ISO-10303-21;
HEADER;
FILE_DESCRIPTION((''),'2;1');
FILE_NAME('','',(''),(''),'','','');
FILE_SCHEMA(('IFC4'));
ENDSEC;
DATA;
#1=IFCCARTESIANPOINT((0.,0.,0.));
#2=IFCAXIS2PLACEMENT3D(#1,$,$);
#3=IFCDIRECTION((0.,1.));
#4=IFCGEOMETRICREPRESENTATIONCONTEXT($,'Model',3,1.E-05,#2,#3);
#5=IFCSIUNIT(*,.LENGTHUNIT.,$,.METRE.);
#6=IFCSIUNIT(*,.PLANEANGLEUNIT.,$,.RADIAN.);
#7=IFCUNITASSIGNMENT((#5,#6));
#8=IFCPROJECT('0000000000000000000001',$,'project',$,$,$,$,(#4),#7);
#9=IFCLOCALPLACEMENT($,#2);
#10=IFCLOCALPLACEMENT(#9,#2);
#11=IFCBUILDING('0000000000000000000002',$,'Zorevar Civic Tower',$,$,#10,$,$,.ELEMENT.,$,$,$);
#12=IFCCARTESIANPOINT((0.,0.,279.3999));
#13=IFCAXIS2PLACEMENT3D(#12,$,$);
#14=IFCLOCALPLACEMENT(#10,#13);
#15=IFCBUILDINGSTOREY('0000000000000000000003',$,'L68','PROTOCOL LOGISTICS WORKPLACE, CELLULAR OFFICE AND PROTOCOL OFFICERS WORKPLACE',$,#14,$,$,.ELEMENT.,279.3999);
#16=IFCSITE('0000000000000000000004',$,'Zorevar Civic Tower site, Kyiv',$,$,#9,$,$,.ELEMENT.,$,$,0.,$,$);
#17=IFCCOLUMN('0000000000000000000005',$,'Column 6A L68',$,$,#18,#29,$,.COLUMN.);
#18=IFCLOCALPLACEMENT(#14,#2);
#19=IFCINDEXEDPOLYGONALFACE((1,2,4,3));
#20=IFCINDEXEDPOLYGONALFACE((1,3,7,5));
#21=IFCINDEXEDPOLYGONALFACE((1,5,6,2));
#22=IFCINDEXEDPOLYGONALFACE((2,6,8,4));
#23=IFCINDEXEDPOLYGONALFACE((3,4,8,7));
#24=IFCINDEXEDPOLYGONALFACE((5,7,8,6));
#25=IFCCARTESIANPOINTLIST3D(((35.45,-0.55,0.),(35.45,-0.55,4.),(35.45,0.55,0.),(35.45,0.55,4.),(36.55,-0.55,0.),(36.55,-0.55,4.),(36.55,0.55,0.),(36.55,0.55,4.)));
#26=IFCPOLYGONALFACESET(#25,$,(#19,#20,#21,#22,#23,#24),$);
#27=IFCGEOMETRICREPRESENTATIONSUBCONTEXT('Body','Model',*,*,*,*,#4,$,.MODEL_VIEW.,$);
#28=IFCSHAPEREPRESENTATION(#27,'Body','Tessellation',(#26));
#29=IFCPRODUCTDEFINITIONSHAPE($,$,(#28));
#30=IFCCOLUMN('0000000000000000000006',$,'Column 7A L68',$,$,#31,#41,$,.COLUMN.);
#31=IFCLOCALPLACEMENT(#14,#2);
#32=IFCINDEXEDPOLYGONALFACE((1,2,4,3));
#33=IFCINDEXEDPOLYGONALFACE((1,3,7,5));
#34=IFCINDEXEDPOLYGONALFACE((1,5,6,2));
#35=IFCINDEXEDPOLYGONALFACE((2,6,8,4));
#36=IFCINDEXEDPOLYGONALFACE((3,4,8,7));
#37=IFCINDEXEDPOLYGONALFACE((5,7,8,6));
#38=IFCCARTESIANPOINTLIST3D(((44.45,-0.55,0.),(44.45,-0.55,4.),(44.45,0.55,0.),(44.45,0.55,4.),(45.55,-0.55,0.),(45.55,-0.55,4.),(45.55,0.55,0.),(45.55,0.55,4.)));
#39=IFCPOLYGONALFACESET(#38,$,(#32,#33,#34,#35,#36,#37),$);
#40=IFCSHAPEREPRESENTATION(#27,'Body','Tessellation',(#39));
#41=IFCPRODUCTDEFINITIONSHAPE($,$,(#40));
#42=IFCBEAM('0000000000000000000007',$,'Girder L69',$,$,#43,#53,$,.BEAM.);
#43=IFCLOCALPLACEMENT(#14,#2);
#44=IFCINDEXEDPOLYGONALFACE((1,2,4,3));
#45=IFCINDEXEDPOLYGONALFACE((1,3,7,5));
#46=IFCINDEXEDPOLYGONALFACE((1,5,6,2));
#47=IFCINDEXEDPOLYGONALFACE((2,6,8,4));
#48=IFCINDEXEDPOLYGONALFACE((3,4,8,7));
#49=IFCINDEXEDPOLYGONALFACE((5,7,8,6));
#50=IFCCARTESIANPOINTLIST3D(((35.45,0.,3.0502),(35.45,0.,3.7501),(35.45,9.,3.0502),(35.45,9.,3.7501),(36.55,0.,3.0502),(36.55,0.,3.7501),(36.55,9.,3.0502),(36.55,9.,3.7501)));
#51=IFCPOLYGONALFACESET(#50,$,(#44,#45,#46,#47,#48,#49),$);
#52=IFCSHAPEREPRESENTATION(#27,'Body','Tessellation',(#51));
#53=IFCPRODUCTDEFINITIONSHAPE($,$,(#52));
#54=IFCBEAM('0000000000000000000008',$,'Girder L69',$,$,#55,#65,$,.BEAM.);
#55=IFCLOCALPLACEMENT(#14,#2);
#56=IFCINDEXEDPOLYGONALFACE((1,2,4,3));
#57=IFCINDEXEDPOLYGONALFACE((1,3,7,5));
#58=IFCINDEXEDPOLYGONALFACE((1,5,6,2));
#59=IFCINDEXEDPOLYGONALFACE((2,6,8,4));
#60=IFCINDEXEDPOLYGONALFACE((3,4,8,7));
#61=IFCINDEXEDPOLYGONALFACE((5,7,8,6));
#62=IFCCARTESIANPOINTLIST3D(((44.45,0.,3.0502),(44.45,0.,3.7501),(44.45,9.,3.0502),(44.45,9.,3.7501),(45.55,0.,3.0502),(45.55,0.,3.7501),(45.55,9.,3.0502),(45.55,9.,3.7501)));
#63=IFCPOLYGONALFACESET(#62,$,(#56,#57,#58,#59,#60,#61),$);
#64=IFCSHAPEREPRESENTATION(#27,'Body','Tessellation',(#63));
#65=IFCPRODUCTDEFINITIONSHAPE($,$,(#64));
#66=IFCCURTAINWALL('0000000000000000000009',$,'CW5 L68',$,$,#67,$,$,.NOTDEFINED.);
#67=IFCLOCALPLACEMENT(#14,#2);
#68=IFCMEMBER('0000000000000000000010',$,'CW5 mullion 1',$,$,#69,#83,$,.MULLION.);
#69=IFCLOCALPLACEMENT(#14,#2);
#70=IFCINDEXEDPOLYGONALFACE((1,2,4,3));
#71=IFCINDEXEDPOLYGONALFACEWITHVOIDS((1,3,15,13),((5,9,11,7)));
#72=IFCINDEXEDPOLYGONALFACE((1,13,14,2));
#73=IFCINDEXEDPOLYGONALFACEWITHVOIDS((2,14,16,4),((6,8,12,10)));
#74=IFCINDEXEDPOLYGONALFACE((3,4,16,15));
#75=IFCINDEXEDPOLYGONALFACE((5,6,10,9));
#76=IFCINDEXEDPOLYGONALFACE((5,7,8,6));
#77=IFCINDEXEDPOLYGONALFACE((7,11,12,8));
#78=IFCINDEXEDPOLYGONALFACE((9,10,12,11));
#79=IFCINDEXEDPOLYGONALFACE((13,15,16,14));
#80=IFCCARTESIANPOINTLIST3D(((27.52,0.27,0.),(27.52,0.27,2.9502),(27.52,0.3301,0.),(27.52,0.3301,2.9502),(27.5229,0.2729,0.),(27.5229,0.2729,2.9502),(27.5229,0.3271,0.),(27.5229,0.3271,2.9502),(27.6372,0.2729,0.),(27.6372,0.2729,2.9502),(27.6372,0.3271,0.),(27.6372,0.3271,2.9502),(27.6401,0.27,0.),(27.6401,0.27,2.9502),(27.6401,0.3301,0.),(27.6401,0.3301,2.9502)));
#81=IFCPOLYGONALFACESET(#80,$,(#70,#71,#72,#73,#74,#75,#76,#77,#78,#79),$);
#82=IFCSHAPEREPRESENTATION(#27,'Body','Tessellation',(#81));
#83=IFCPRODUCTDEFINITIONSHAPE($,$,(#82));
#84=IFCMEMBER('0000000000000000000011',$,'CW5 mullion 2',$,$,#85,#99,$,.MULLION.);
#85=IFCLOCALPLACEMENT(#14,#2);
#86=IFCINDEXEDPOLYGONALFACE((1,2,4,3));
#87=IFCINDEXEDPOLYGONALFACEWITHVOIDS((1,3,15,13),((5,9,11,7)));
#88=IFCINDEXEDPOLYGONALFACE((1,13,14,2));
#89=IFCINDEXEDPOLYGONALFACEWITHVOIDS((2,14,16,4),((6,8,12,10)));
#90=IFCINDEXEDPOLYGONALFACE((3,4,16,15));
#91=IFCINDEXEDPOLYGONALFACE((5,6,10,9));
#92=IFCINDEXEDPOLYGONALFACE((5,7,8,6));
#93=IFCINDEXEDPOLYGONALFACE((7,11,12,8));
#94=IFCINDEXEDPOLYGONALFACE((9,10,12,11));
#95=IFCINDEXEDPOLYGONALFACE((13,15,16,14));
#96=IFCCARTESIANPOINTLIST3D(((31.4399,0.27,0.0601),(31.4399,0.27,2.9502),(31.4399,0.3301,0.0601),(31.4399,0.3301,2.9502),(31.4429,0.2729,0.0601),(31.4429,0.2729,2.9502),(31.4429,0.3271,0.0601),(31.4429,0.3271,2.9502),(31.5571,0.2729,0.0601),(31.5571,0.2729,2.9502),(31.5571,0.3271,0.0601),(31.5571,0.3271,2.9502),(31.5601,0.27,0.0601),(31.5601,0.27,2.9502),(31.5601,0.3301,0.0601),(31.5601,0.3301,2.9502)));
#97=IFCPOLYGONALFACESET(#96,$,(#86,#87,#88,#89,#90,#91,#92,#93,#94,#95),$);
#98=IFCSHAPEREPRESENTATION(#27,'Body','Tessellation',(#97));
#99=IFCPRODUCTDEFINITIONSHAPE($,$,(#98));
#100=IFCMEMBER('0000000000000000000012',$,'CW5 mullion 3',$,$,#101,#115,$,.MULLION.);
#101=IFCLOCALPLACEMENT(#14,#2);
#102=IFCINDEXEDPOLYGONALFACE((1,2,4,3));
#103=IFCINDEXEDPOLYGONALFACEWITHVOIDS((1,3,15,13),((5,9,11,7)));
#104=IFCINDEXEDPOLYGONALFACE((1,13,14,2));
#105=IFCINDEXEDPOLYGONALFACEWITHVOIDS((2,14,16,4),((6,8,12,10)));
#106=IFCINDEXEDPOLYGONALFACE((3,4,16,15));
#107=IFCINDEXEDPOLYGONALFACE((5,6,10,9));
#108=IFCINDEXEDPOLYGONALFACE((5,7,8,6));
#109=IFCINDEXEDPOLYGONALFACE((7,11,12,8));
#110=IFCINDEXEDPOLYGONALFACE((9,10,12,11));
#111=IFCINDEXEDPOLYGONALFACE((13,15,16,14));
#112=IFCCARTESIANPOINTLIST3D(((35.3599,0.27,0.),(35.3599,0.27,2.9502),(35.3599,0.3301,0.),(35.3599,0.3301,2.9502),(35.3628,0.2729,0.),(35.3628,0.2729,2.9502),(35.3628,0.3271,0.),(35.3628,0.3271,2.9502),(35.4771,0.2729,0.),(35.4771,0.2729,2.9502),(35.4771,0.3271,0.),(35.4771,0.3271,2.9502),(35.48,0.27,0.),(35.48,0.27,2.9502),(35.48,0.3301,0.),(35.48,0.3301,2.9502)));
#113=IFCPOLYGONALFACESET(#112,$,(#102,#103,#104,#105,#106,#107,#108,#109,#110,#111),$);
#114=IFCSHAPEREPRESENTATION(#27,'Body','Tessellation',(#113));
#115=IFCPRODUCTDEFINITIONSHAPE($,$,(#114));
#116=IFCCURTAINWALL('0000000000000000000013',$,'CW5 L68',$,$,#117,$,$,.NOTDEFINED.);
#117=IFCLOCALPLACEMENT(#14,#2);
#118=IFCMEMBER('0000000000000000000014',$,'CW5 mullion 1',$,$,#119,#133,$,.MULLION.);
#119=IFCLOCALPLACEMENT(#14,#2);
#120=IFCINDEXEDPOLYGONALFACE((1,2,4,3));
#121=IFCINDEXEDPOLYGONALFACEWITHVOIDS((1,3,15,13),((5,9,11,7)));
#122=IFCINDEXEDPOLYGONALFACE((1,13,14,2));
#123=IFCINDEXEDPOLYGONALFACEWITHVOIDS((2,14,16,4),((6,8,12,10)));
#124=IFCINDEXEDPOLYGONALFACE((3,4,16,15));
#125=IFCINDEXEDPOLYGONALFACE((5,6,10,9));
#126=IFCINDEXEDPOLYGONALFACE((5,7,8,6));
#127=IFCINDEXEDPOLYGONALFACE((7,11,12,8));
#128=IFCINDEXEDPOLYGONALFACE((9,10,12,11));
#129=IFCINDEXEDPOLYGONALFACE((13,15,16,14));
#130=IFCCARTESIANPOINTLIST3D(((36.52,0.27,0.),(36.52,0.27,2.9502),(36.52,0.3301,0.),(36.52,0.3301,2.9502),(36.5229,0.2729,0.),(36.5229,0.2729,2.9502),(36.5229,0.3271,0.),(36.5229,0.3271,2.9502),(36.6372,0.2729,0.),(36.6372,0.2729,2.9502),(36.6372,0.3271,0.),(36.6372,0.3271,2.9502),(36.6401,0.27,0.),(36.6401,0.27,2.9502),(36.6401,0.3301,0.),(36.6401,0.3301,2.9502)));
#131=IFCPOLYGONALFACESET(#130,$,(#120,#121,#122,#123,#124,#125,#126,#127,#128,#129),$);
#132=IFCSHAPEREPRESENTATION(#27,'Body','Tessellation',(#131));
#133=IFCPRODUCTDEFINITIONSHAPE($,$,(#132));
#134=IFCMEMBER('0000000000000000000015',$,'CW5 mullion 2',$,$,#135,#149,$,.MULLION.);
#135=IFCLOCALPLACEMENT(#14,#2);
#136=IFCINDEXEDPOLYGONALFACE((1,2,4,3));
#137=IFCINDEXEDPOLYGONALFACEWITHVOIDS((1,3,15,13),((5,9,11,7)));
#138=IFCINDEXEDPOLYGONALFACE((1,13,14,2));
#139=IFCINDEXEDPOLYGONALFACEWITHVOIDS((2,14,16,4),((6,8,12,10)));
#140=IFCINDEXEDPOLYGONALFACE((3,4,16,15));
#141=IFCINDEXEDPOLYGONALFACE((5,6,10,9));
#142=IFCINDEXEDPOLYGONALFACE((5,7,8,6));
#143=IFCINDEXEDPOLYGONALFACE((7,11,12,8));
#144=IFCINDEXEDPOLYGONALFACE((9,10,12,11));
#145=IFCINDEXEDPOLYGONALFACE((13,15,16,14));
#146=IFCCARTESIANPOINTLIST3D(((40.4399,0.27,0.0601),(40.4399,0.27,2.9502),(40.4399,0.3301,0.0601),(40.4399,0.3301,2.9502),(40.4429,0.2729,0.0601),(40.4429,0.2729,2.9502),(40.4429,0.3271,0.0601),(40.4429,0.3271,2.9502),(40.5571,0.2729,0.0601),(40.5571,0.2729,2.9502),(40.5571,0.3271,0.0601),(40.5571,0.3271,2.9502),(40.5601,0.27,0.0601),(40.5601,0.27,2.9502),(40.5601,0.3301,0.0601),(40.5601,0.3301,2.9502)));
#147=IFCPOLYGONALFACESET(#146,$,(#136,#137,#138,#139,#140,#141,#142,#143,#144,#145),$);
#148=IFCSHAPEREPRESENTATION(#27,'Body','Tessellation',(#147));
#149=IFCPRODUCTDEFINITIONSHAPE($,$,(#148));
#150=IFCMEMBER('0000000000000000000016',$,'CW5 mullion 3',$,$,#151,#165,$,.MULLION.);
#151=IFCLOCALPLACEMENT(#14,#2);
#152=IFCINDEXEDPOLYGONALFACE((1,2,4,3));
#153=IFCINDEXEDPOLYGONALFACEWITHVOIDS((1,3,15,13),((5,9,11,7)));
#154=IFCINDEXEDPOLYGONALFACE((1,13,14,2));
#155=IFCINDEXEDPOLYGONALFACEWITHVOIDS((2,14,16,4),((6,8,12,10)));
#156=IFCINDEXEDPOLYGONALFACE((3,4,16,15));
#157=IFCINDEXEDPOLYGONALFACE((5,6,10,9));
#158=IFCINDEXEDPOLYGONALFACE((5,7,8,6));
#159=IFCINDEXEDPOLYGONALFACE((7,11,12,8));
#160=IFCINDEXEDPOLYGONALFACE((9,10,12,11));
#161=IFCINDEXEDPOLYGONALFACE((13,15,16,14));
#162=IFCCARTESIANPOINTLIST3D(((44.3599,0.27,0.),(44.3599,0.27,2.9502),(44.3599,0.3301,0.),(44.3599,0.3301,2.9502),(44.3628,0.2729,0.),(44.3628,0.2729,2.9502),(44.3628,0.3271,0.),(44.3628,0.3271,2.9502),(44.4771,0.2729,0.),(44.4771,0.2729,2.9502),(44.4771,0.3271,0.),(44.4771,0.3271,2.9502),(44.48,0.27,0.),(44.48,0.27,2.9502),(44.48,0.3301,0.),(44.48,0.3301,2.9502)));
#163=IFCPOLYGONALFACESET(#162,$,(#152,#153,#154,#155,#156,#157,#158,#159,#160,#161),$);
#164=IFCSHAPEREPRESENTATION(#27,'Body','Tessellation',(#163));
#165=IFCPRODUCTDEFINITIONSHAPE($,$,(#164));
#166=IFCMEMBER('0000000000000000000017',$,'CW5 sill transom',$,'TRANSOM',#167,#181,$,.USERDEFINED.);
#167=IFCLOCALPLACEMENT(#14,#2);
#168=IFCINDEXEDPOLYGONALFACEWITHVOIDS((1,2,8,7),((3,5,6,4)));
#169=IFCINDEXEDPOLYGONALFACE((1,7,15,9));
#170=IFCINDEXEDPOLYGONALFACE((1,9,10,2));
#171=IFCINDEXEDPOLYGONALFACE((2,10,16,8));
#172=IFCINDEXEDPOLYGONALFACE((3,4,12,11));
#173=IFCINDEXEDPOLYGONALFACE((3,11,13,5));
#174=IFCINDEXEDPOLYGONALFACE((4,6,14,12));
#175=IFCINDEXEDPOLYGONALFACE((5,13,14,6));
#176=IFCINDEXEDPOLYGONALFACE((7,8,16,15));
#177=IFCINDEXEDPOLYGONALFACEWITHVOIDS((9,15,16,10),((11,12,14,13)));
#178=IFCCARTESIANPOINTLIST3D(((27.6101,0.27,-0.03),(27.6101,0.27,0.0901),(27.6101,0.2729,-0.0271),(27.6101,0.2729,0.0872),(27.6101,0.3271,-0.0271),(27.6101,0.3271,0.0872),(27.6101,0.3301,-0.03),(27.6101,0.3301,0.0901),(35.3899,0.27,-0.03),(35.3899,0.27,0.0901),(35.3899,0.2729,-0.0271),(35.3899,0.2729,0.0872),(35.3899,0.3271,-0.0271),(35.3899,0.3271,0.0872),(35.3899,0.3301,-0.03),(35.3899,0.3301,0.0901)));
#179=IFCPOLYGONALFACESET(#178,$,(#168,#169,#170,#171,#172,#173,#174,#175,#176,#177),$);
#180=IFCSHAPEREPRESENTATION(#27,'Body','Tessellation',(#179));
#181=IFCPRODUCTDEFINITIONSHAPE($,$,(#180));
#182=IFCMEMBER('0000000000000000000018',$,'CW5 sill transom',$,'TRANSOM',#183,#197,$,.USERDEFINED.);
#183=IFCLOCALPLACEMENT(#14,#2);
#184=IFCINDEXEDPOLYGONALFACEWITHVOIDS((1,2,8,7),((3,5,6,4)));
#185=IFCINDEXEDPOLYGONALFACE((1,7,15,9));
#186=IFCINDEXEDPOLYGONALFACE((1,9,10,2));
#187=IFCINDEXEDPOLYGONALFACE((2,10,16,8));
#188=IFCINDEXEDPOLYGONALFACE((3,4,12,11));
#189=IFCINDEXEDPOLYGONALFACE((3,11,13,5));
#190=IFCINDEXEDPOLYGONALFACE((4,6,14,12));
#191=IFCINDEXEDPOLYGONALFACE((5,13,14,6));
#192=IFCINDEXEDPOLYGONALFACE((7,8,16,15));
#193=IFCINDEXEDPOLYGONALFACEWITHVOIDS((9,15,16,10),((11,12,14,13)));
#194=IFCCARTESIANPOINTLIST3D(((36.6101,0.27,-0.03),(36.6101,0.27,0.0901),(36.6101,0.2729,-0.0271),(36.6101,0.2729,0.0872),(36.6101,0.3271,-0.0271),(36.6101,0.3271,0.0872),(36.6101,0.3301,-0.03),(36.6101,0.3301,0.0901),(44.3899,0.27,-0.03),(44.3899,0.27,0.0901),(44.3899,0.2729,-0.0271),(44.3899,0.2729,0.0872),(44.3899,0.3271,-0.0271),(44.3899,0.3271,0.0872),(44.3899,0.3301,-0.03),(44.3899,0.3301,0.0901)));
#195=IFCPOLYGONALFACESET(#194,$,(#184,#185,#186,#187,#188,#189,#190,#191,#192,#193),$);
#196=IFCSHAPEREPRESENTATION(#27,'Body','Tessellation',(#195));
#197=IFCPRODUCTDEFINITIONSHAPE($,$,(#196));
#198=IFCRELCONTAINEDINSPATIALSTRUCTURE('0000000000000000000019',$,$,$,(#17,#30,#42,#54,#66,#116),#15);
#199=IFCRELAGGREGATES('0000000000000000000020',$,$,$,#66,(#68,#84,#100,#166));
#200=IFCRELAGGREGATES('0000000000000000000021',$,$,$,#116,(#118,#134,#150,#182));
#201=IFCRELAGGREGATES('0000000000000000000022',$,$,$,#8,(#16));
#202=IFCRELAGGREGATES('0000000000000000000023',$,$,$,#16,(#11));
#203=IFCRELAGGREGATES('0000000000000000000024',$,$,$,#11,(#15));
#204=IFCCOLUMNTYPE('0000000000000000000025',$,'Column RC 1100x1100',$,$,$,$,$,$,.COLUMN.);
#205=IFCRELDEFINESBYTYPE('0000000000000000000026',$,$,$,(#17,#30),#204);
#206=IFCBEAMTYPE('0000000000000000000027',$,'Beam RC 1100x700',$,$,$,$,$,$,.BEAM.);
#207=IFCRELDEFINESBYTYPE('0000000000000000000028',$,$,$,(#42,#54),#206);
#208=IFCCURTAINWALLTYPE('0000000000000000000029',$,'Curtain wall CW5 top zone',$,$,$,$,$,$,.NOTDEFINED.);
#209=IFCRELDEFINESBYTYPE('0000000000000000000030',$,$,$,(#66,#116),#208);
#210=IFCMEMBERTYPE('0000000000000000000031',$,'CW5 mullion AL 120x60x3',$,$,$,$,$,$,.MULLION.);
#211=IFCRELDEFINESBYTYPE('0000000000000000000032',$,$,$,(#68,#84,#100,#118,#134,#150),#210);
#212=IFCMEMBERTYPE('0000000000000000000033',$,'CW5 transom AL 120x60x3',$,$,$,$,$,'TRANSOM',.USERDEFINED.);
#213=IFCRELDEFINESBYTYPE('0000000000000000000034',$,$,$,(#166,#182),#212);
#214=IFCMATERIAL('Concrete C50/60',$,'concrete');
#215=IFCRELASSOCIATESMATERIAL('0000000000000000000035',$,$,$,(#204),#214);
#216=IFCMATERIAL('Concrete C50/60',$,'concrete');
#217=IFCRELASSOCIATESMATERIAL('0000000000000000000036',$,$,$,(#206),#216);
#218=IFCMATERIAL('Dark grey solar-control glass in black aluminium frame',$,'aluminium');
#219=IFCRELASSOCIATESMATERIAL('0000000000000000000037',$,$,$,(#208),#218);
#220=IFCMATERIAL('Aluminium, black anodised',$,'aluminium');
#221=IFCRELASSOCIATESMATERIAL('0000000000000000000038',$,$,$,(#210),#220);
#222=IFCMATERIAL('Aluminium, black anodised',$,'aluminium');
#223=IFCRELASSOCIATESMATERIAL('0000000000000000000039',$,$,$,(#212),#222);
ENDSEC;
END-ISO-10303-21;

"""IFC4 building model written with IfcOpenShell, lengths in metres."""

from ifc_helpers import new_model, si_unit, direction, frame, origin, origin_2d, place, context, subcontext, project, spatial, rectangle, hollow_rectangle, extrude, material, material_profile, profile_set, type_object, element, aggregate, save


model = new_model("IFC4")

# Units and contexts
model_context = context("Model", 3, precision=1e-05, world=origin(), true_north=direction((0.0, 1.0)))
body_context = subcontext(model_context, "Body", "Model", "MODEL_VIEW")
ifc_project = project(units=[si_unit("LENGTHUNIT", "METRE"), si_unit("PLANEANGLEUNIT", "RADIAN")], contexts=[model_context])

# Site, building, storey
site_placement = place(None, origin())
site = spatial("IfcSite", under=ifc_project, at=site_placement, Name="Zorevar Civic Tower site, Kyiv", CompositionType="ELEMENT", RefElevation=0.0)
building_placement = place(site_placement, origin())
building = spatial("IfcBuilding", under=site, at=building_placement, Name="Zorevar Civic Tower", CompositionType="ELEMENT")
storey_placement = place(building_placement, frame((0.0, 0.0, 279.3999)))
storey = spatial("IfcBuildingStorey", under=building, at=storey_placement, Name="L68", Description="PROTOCOL LOGISTICS WORKPLACE, CELLULAR OFFICE AND PROTOCOL OFFICERS WORKPLACE", CompositionType="ELEMENT", Elevation=279.3999)

# Columns
ifc_material_1 = material(Name="Concrete C50/60", Category="concrete")
ifc_material_profile_1 = material_profile(ifc_material_1, rectangle(XDim=1.1001, YDim=1.1001, at=origin_2d()), Name="RC 1100x1100")
ifc_profile_set_1 = profile_set([ifc_material_profile_1], Name="Concrete C50/60")
column_type = type_object("IfcColumnType", Name="Column RC 1100x1100", PredefinedType="COLUMN", material=ifc_profile_set_1)
for number, where, z_axis, x_axis, name in (
    (1, (36.0, 0.0, 0.0), (0.0, 0.0, 1.0), (1.0, 0.0, 0.0), "Column 6A L68"),
    (2, (45.0, 0.0, 0.0), (0.0, 0.0, 1.0), (1.0, 0.0, 0.0), "Column 7A L68"),
):
    element("IfcColumn", number, at=place(storey_placement, frame(where, z_axis=z_axis, x_axis=x_axis)), inside=storey, type_object=column_type, Name=name, PredefinedType="COLUMN", context=body_context, shape_type="SweptSolid", body=[
        extrude(rectangle(XDim=1.1001, YDim=1.1001, at=origin_2d()), origin(), (0.0, 0.0, 1.0), 4.0),
    ])

# Beams
ifc_material_2 = material(Name="Concrete C50/60", Category="concrete")
ifc_material_profile_2 = material_profile(ifc_material_2, rectangle(XDim=1.1001, YDim=0.7, at=origin_2d()), Name="RC 1100x700")
ifc_profile_set_2 = profile_set([ifc_material_profile_2], Name="Concrete C50/60")
beam_type_1 = type_object("IfcBeamType", Name="Beam RC 1100x700", PredefinedType="BEAM", material=ifc_profile_set_2)
for number, where, z_axis, x_axis, name in (
    (3, (36.0, 0.0, 3.4001), (0.0, 1.0, 0.0), (-1.0, 0.0, 0.0), "Girder L69"),
    (4, (45.0, 0.0, 3.4001), (0.0, 1.0, 0.0), (-1.0, 0.0, 0.0), "Girder L69"),
):
    element("IfcBeam", number, at=place(storey_placement, frame(where, z_axis=z_axis, x_axis=x_axis)), inside=storey, type_object=beam_type_1, Name=name, PredefinedType="BEAM", context=body_context, shape_type="SweptSolid", body=[
        extrude(rectangle(XDim=1.1001, YDim=0.7, at=origin_2d()), origin(), (0.0, 0.0, 1.0), 9.0),
    ])

# Curtain walls, members
ifc_material_3 = material(Name="Dark grey solar-control glass in black aluminium frame", Category="aluminium")
curtain_wall_type = type_object("IfcCurtainWallType", Name="Curtain wall CW5 top zone", PredefinedType="NOTDEFINED", material=ifc_material_3)
curtain_wall_1_placement = place(storey_placement, origin())
curtain_wall_1 = element("IfcCurtainWall", 5, at=curtain_wall_1_placement, inside=storey, type_object=curtain_wall_type, Name="CW5 L68", PredefinedType="NOTDEFINED")
ifc_material_4 = material(Name="Aluminium, black anodised", Category="aluminium")
ifc_material_profile_3 = material_profile(ifc_material_4, hollow_rectangle(XDim=0.0601, YDim=0.1201, WallThickness=0.0029, at=origin_2d()), Name="AL 120x60x3")
ifc_profile_set_3 = profile_set([ifc_material_profile_3], Name="Aluminium, black anodised")
member_type_1 = type_object("IfcMemberType", Name="CW5 mullion AL 120x60x3", PredefinedType="MULLION", material=ifc_profile_set_3)
member_1_placement = place(storey_placement, frame((27.5801, 0.3, 0.0), z_axis=(0.0, 0.0, 1.0), x_axis=(0.0, 1.0, 0.0)))
member_1 = element("IfcMember", 6, at=member_1_placement, type_object=member_type_1, Name="CW5 mullion 1", PredefinedType="MULLION", context=body_context, shape_type="SweptSolid", body=[
    extrude(hollow_rectangle(XDim=0.0601, YDim=0.1201, WallThickness=0.0029, at=origin_2d()), origin(), (0.0, 0.0, 1.0), 2.9502),
])
member_2_placement = place(storey_placement, frame((31.5, 0.3, 0.0601), z_axis=(0.0, 0.0, 1.0), x_axis=(0.0, 1.0, 0.0)))
member_2 = element("IfcMember", 7, at=member_2_placement, type_object=member_type_1, Name="CW5 mullion 2", PredefinedType="MULLION", context=body_context, shape_type="SweptSolid", body=[
    extrude(hollow_rectangle(XDim=0.0601, YDim=0.1201, WallThickness=0.0029, at=origin_2d()), origin(), (0.0, 0.0, 1.0), 2.8901),
])
member_3_placement = place(storey_placement, frame((35.4199, 0.3, 0.0), z_axis=(0.0, 0.0, 1.0), x_axis=(0.0, 1.0, 0.0)))
member_3 = element("IfcMember", 8, at=member_3_placement, type_object=member_type_1, Name="CW5 mullion 3", PredefinedType="MULLION", context=body_context, shape_type="SweptSolid", body=[
    extrude(hollow_rectangle(XDim=0.0601, YDim=0.1201, WallThickness=0.0029, at=origin_2d()), origin(), (0.0, 0.0, 1.0), 2.9502),
])
curtain_wall_2_placement = place(storey_placement, origin())
curtain_wall_2 = element("IfcCurtainWall", 9, at=curtain_wall_2_placement, inside=storey, type_object=curtain_wall_type, Name="CW5 L68", PredefinedType="NOTDEFINED")
member_4_placement = place(storey_placement, frame((36.5801, 0.3, 0.0), z_axis=(0.0, 0.0, 1.0), x_axis=(0.0, 1.0, 0.0)))
member_4 = element("IfcMember", 10, at=member_4_placement, type_object=member_type_1, Name="CW5 mullion 1", PredefinedType="MULLION", context=body_context, shape_type="SweptSolid", body=[
    extrude(hollow_rectangle(XDim=0.0601, YDim=0.1201, WallThickness=0.0029, at=origin_2d()), origin(), (0.0, 0.0, 1.0), 2.9502),
])
member_5_placement = place(storey_placement, frame((40.5, 0.3, 0.0601), z_axis=(0.0, 0.0, 1.0), x_axis=(0.0, 1.0, 0.0)))
member_5 = element("IfcMember", 11, at=member_5_placement, type_object=member_type_1, Name="CW5 mullion 2", PredefinedType="MULLION", context=body_context, shape_type="SweptSolid", body=[
    extrude(hollow_rectangle(XDim=0.0601, YDim=0.1201, WallThickness=0.0029, at=origin_2d()), origin(), (0.0, 0.0, 1.0), 2.8901),
])
member_6_placement = place(storey_placement, frame((44.4199, 0.3, 0.0), z_axis=(0.0, 0.0, 1.0), x_axis=(0.0, 1.0, 0.0)))
member_6 = element("IfcMember", 12, at=member_6_placement, type_object=member_type_1, Name="CW5 mullion 3", PredefinedType="MULLION", context=body_context, shape_type="SweptSolid", body=[
    extrude(hollow_rectangle(XDim=0.0601, YDim=0.1201, WallThickness=0.0029, at=origin_2d()), origin(), (0.0, 0.0, 1.0), 2.9502),
])

# Members
ifc_material_5 = material(Name="Aluminium, black anodised", Category="aluminium")
ifc_material_profile_4 = material_profile(ifc_material_5, hollow_rectangle(XDim=0.0601, YDim=0.1201, WallThickness=0.0029, at=origin_2d()), Name="AL 120x60x3")
ifc_profile_set_4 = profile_set([ifc_material_profile_4], Name="Aluminium, black anodised")
member_type_2 = type_object("IfcMemberType", Name="CW5 transom AL 120x60x3", ElementType="TRANSOM", PredefinedType="USERDEFINED", material=ifc_profile_set_4)
member_7_placement = place(storey_placement, frame((27.6101, 0.3, 0.03), z_axis=(1.0, 0.0, 0.0), x_axis=(0.0, 1.0, 0.0)))
member_7 = element("IfcMember", 13, at=member_7_placement, type_object=member_type_2, Name="CW5 sill transom", ObjectType="TRANSOM", PredefinedType="USERDEFINED", context=body_context, shape_type="SweptSolid", body=[
    extrude(hollow_rectangle(XDim=0.0601, YDim=0.1201, WallThickness=0.0029, at=origin_2d()), origin(), (0.0, 0.0, 1.0), 7.7798),
])
member_8_placement = place(storey_placement, frame((36.6101, 0.3, 0.03), z_axis=(1.0, 0.0, 0.0), x_axis=(0.0, 1.0, 0.0)))
member_8 = element("IfcMember", 14, at=member_8_placement, type_object=member_type_2, Name="CW5 sill transom", ObjectType="TRANSOM", PredefinedType="USERDEFINED", context=body_context, shape_type="SweptSolid", body=[
    extrude(hollow_rectangle(XDim=0.0601, YDim=0.1201, WallThickness=0.0029, at=origin_2d()), origin(), (0.0, 0.0, 1.0), 7.7798),
])

aggregate(curtain_wall_1, [member_1, member_2, member_3, member_7])
aggregate(curtain_wall_2, [member_4, member_5, member_6, member_8])

save(model, "model.ifc")
